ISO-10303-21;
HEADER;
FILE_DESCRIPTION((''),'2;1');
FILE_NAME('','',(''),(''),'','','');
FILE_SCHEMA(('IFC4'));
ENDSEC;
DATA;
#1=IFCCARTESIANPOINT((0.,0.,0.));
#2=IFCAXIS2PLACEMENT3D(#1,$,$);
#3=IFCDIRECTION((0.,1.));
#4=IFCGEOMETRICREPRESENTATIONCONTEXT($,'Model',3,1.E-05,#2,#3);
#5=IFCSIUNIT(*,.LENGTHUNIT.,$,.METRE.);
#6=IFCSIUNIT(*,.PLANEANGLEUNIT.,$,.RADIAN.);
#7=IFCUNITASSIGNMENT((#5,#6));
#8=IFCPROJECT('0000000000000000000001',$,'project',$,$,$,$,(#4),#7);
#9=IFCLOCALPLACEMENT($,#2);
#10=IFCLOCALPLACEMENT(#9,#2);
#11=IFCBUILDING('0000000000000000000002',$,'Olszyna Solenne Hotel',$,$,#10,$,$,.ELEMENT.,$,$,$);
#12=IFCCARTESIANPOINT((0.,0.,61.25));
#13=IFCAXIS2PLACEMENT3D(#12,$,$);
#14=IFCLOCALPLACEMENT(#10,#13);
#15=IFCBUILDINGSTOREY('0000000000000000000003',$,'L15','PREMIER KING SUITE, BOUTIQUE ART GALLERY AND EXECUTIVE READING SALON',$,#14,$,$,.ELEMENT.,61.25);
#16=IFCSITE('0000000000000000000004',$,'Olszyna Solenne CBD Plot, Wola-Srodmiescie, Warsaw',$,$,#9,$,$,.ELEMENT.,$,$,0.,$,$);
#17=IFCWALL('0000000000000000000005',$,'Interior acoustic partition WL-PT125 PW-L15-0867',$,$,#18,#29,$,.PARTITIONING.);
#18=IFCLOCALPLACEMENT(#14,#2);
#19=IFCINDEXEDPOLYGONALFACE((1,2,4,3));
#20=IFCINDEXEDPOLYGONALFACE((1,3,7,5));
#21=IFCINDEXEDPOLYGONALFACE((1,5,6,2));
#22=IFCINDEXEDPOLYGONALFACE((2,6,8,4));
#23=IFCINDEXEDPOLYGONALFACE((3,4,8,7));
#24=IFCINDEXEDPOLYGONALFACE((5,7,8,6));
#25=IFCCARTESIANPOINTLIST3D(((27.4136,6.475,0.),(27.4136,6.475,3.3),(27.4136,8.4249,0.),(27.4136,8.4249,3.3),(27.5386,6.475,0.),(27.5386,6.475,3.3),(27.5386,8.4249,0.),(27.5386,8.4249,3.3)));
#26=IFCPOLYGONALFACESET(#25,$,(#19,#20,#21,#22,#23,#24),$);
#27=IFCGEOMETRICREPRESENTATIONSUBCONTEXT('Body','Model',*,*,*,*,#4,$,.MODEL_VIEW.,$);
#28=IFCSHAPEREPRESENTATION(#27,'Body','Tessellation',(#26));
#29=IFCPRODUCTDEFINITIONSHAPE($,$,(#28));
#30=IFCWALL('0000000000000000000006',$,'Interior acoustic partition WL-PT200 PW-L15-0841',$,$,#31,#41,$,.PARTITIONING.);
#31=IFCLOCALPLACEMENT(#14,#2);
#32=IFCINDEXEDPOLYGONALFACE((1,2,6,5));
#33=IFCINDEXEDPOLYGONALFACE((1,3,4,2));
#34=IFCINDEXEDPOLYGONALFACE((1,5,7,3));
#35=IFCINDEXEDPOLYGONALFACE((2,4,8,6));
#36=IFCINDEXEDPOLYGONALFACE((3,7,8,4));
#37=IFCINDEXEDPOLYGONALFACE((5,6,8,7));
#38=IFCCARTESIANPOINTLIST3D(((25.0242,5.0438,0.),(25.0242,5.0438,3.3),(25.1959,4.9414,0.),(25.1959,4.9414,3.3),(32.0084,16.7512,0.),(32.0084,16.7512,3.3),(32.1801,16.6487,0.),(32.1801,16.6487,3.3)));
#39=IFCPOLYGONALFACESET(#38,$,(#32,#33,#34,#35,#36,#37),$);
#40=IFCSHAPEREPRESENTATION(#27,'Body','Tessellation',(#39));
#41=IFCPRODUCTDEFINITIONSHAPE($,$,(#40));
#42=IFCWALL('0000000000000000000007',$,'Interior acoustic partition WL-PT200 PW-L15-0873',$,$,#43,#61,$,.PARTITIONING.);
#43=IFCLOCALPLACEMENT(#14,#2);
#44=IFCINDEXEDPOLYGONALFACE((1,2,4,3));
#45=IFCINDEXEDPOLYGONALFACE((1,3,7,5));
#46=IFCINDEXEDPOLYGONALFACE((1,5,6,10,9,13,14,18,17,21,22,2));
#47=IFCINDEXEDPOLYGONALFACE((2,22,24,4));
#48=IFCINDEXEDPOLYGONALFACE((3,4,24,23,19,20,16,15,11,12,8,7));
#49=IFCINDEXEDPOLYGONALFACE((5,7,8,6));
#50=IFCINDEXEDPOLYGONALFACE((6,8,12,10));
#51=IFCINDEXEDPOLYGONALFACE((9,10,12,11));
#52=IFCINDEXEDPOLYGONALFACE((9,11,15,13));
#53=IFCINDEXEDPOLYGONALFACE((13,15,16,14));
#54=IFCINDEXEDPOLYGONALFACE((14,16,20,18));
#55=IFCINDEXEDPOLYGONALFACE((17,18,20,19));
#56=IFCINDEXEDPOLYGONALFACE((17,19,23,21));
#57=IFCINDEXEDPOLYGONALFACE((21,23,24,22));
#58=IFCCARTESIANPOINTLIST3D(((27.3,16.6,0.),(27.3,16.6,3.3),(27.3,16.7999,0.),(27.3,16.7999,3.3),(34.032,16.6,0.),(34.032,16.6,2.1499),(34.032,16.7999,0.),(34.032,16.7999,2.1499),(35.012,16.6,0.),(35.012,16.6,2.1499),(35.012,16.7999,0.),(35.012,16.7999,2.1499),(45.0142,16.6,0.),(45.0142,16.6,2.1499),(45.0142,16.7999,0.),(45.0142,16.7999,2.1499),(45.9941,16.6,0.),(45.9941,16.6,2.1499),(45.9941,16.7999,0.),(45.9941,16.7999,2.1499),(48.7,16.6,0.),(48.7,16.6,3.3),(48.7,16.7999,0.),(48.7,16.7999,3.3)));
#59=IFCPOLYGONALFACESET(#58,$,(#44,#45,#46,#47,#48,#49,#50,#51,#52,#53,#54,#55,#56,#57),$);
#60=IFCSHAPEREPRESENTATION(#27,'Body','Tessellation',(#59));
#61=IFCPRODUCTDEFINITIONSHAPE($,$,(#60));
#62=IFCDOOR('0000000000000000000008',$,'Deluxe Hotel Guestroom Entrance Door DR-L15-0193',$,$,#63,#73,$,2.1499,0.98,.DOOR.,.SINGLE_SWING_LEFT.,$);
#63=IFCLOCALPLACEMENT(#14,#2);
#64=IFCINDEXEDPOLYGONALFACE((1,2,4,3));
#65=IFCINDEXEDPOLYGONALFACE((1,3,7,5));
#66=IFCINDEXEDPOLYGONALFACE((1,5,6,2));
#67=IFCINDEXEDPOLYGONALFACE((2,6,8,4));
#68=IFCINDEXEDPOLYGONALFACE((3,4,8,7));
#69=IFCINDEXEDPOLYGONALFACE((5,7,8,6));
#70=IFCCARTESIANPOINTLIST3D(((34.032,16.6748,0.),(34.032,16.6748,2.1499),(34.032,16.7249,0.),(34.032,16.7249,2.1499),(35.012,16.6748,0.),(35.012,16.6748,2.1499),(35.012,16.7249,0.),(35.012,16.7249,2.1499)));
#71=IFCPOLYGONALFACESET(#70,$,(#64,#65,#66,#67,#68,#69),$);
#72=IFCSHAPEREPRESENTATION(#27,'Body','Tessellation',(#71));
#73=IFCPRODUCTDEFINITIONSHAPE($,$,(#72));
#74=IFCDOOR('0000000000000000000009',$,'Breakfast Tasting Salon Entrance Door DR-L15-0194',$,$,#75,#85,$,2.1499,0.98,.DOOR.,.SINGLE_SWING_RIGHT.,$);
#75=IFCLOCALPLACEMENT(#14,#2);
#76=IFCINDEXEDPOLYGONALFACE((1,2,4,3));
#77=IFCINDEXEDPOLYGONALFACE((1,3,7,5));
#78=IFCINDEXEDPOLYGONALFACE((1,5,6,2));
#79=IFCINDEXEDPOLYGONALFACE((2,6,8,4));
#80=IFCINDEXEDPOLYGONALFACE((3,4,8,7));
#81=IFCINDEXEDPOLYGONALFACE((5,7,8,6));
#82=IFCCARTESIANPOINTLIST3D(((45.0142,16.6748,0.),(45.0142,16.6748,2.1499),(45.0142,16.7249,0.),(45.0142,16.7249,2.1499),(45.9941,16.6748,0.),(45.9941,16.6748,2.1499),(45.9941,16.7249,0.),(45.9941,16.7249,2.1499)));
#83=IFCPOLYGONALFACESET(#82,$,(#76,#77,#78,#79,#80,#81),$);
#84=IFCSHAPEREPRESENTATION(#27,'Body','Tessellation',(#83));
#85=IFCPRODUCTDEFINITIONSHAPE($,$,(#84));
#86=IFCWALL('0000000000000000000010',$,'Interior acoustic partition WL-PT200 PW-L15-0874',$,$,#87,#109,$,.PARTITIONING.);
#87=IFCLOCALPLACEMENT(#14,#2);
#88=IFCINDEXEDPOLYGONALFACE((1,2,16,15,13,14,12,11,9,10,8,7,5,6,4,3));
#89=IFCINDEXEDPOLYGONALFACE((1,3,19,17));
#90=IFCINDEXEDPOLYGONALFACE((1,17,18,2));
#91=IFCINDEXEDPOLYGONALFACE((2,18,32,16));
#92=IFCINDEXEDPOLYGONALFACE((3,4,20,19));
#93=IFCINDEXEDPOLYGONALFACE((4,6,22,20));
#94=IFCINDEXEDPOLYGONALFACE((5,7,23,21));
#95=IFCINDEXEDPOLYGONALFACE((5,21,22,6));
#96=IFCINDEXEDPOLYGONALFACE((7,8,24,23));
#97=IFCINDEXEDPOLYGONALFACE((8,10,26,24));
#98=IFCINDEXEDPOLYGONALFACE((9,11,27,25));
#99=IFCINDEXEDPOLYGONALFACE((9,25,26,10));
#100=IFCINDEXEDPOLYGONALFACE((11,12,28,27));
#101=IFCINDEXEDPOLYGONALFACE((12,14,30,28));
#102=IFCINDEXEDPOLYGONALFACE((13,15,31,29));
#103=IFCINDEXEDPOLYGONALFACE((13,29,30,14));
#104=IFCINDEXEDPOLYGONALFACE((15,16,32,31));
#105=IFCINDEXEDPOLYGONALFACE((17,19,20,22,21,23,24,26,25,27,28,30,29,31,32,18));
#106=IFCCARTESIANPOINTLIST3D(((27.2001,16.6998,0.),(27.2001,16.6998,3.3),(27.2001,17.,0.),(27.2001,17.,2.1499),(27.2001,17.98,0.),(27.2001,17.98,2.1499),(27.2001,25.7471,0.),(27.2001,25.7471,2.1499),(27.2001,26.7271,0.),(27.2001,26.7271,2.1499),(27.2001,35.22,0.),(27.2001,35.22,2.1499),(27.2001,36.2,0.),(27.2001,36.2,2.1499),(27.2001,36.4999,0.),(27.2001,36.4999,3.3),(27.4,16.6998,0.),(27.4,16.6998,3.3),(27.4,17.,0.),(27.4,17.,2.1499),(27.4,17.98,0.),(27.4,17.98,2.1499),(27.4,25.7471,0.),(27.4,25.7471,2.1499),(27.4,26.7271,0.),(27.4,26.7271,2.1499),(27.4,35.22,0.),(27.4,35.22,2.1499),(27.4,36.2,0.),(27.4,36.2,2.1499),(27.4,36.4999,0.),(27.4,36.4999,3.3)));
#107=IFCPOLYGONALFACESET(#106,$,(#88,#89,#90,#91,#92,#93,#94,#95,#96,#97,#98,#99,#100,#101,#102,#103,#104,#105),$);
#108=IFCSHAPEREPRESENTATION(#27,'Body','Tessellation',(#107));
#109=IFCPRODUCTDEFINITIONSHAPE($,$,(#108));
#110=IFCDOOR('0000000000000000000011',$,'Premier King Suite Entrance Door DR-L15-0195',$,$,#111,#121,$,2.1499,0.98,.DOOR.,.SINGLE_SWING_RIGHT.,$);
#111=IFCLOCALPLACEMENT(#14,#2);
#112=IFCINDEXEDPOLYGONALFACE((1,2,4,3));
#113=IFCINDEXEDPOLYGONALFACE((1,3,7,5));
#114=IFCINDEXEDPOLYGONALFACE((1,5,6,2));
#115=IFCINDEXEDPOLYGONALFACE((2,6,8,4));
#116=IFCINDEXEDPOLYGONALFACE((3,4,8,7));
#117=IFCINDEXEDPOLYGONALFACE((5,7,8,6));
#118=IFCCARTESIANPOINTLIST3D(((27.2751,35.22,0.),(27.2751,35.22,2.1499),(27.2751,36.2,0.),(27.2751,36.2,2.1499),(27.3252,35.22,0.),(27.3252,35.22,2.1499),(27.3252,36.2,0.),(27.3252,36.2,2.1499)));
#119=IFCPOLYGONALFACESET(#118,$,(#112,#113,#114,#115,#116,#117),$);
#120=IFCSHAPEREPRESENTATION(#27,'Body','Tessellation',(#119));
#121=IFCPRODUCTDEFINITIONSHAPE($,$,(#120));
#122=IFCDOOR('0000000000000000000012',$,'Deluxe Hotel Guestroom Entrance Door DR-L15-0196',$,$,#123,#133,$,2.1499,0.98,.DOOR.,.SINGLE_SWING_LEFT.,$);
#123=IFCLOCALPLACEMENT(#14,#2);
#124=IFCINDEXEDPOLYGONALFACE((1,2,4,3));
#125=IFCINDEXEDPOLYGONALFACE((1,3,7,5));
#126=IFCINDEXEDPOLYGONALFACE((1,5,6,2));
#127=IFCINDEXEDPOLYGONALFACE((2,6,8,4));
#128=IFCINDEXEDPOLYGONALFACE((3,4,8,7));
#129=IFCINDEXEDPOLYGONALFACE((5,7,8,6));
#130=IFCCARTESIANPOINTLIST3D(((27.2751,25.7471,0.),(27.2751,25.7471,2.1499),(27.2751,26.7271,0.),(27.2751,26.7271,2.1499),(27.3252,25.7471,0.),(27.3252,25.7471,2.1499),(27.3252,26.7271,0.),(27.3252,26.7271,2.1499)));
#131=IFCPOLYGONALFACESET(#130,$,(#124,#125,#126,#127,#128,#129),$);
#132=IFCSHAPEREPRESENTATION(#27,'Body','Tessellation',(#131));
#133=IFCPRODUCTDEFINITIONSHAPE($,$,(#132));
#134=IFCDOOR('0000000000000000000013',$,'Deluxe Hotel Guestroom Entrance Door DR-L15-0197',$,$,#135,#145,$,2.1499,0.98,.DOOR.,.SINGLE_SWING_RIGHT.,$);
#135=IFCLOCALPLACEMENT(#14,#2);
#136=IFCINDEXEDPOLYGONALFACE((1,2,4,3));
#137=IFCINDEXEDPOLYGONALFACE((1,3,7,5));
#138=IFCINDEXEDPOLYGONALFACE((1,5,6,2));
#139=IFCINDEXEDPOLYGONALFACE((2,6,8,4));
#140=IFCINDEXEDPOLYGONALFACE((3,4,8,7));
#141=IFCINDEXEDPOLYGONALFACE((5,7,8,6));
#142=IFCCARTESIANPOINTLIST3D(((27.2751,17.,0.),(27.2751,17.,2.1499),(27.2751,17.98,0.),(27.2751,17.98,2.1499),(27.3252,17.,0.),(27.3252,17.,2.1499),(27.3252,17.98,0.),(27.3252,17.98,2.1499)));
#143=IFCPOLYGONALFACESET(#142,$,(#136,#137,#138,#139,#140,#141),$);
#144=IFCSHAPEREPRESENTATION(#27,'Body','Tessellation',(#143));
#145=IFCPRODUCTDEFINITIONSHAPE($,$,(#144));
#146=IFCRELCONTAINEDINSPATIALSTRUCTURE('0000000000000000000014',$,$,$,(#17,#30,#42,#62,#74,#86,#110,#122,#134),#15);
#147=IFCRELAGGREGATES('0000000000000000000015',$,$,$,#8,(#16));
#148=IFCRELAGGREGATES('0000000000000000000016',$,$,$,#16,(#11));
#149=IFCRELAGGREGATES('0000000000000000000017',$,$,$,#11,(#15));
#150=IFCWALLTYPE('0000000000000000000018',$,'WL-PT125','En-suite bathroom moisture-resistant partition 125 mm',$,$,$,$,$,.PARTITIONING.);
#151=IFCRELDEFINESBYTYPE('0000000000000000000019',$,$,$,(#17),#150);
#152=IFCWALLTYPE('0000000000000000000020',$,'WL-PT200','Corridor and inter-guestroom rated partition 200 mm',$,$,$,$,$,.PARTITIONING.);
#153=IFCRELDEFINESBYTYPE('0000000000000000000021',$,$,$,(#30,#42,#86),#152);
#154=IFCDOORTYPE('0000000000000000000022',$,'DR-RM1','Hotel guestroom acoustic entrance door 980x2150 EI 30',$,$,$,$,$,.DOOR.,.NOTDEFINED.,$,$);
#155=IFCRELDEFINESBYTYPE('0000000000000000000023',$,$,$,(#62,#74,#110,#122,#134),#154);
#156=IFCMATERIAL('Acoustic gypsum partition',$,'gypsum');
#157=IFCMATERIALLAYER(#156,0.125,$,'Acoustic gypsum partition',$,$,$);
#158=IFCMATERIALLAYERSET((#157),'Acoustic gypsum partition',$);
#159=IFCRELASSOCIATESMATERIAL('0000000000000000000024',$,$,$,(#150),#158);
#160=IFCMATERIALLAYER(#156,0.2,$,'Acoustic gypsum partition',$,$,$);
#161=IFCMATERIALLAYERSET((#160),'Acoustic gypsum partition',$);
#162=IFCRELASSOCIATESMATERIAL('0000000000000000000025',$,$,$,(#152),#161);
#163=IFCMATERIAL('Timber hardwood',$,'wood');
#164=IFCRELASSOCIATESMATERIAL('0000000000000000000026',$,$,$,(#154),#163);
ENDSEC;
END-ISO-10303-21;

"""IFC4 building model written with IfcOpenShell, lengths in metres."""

from ifc_helpers import new_model, si_unit, direction, frame, frame_2d, origin, place, context, subcontext, project, spatial, rectangle, extrude, source, transform, mapped, material, layer, layer_set, type_object, type_shapes, element, fill, save


model = new_model("IFC4")

# Units and contexts
model_context = context("Model", 3, precision=1e-05, world=origin(), true_north=direction((0.0, 1.0)))
body_context = subcontext(model_context, "Body", "Model", "MODEL_VIEW")
ifc_project = project(units=[si_unit("LENGTHUNIT", "METRE"), si_unit("PLANEANGLEUNIT", "RADIAN")], contexts=[model_context])

# Site, building, storey
site_placement = place(None, origin())
site = spatial("IfcSite", under=ifc_project, at=site_placement, Name="Olszyna Solenne CBD Plot, Wola-Srodmiescie, Warsaw", CompositionType="ELEMENT", RefElevation=0.0)
building_placement = place(site_placement, origin())
building = spatial("IfcBuilding", under=site, at=building_placement, Name="Olszyna Solenne Hotel", CompositionType="ELEMENT")
storey_placement = place(building_placement, frame((0.0, 0.0, 61.25)))
storey = spatial("IfcBuildingStorey", under=building, at=storey_placement, Name="L15", Description="PREMIER KING SUITE, BOUTIQUE ART GALLERY AND EXECUTIVE READING SALON", CompositionType="ELEMENT", Elevation=61.25)

# Shared definitions
ifc_material_1 = material(Name="Timber hardwood", Category="wood")

# Shared definitions
ifc_material_2 = material(Name="Acoustic gypsum partition", Category="gypsum")
ifc_layer_1 = layer(ifc_material_2, 0.125, Name="Acoustic gypsum partition")
ifc_layer_set_1 = layer_set([ifc_layer_1], Name="Acoustic gypsum partition")
wall_type_1 = type_object("IfcWallType", Name="WL-PT125", Description="En-suite bathroom moisture-resistant partition 125 mm", PredefinedType="PARTITIONING", material=ifc_layer_set_1)

# Walls
wall_1_placement = place(storey_placement, frame((27.4761, 8.425, 0.0), z_axis=(0.0, 0.0, 1.0), x_axis=(0.0, -1.0, 0.0)))
element("IfcWall", 1, at=wall_1_placement, inside=storey, type_object=wall_type_1, Name="Interior acoustic partition WL-PT125 PW-L15-0867", PredefinedType="PARTITIONING", context=body_context, shape_type="SweptSolid", body=[
    extrude(rectangle(XDim=1.95, YDim=0.125, at=frame_2d((0.9751, 0.0))), origin(), (0.0, 0.0, 1.0), 3.3),
])
ifc_layer_2 = layer(ifc_material_2, 0.2, Name="Acoustic gypsum partition")
ifc_layer_set_2 = layer_set([ifc_layer_2], Name="Acoustic gypsum partition")
wall_type_2 = type_object("IfcWallType", Name="WL-PT200", Description="Corridor and inter-guestroom rated partition 200 mm", PredefinedType="PARTITIONING", material=ifc_layer_set_2)
wall_2_placement = place(storey_placement, frame((32.0942, 16.7, 0.0), z_axis=(0.0, 0.0, 1.0), x_axis=(-0.512324, -0.858792, 0.0)))
element("IfcWall", 2, at=wall_2_placement, inside=storey, type_object=wall_type_2, Name="Interior acoustic partition WL-PT200 PW-L15-0841", PredefinedType="PARTITIONING", context=body_context, shape_type="SweptSolid", body=[
    extrude(rectangle(XDim=13.6323, YDim=0.2, at=frame_2d((6.8162, 0.0))), origin(), (0.0, 0.0, 1.0), 3.3),
])

# Walls, openings, doors
wall_3_placement = place(storey_placement, frame((27.3, 16.7, 0.0), z_axis=(0.0, 0.0, 1.0), x_axis=(1.0, 0.0, 0.0)))
wall_3 = element("IfcWall", 3, at=wall_3_placement, inside=storey, type_object=wall_type_2, Name="Interior acoustic partition WL-PT200 PW-L15-0873", PredefinedType="PARTITIONING", context=body_context, shape_type="SweptSolid", body=[
    extrude(rectangle(XDim=21.3999, YDim=0.2, at=frame_2d((10.7, 0.0))), origin(), (0.0, 0.0, 1.0), 3.3),
])
opening_1_placement = place(wall_3_placement, frame((6.7319, 0.0, 0.0)))
opening_1 = element("IfcOpeningElement", 4, at=opening_1_placement, cuts=wall_3, PredefinedType="OPENING", context=body_context, shape_type="SweptSolid", body=[
    extrude(rectangle(XDim=0.98, YDim=2.1499, at=frame_2d((0.49, 1.075))), frame((0.0, 0.1099, 0.0), z_axis=(0.0, -1.0, 0.0), x_axis=(1.0, 0.0, 0.0)), (0.0, 0.0, 1.0), 0.22),
])
opening_2_placement = place(wall_3_placement, frame((17.7141, 0.0, 0.0)))
opening_2 = element("IfcOpeningElement", 5, at=opening_2_placement, cuts=wall_3, PredefinedType="OPENING", context=body_context, shape_type="SweptSolid", body=[
    extrude(rectangle(XDim=0.98, YDim=2.1499, at=frame_2d((0.49, 1.075))), frame((0.0, 0.1099, 0.0), z_axis=(0.0, -1.0, 0.0), x_axis=(1.0, 0.0, 0.0)), (0.0, 0.0, 1.0), 0.22),
])
door_type_1 = type_object("IfcDoorType", Name="DR-RM1", Description="Hotel guestroom acoustic entrance door 980x2150 EI 30", OperationType="NOTDEFINED", PredefinedType="DOOR", material=ifc_material_1)
shared_shape_1 = source(origin(), body_context, "Body", "SweptSolid", [
    extrude(rectangle(XDim=0.98, YDim=2.1499, at=frame_2d((0.49, 1.075))), frame((0.0, 0.0249, 0.0), z_axis=(0.0, -1.0, 0.0), x_axis=(1.0, 0.0, 0.0)), (0.0, 0.0, 1.0), 0.05),
])
type_shapes(door_type_1, [shared_shape_1])
door_1_placement = place(opening_1_placement, origin())
door_1 = element("IfcDoor", 6, at=door_1_placement, inside=storey, type_object=door_type_1, Name="Deluxe Hotel Guestroom Entrance Door DR-L15-0193", OperationType="SINGLE_SWING_LEFT", OverallHeight=2.1499, OverallWidth=0.98, PredefinedType="DOOR", context=body_context, shape_type="MappedRepresentation", body=[
    mapped(shared_shape_1, transform((0.0, 0.0, 0.0), x_axis=(1.0, 0.0, 0.0), y_axis=(0.0, 1.0, 0.0), z_axis=(0.0, 0.0, 1.0), scale=1.0)),
])
fill(opening_1, door_1)
door_2_placement = place(opening_2_placement, origin())
door_2 = element("IfcDoor", 7, at=door_2_placement, inside=storey, type_object=door_type_1, Name="Breakfast Tasting Salon Entrance Door DR-L15-0194", OperationType="SINGLE_SWING_RIGHT", OverallHeight=2.1499, OverallWidth=0.98, PredefinedType="DOOR", context=body_context, shape_type="MappedRepresentation", body=[
    mapped(shared_shape_1, transform((0.0, 0.0, 0.0), x_axis=(1.0, 0.0, 0.0), y_axis=(0.0, 1.0, 0.0), z_axis=(0.0, 0.0, 1.0), scale=1.0)),
])
fill(opening_2, door_2)
wall_4_placement = place(storey_placement, frame((27.3, 16.7, 0.0), z_axis=(0.0, 0.0, 1.0), x_axis=(0.0, 1.0, 0.0)))
wall_4 = element("IfcWall", 8, at=wall_4_placement, inside=storey, type_object=wall_type_2, Name="Interior acoustic partition WL-PT200 PW-L15-0874", PredefinedType="PARTITIONING", context=body_context, shape_type="SweptSolid", body=[
    extrude(rectangle(XDim=19.8, YDim=0.2, at=frame_2d((9.8999, 0.0))), origin(), (0.0, 0.0, 1.0), 3.3),
])
opening_3_placement = place(wall_4_placement, frame((18.52, 0.0, 0.0)))
opening_3 = element("IfcOpeningElement", 9, at=opening_3_placement, cuts=wall_4, PredefinedType="OPENING", context=body_context, shape_type="SweptSolid", body=[
    extrude(rectangle(XDim=0.98, YDim=2.1499, at=frame_2d((0.49, 1.075))), frame((0.0, 0.1099, 0.0), z_axis=(0.0, -1.0, 0.0), x_axis=(1.0, 0.0, 0.0)), (0.0, 0.0, 1.0), 0.22),
])
opening_4_placement = place(wall_4_placement, frame((9.0471, 0.0, 0.0)))
opening_4 = element("IfcOpeningElement", 10, at=opening_4_placement, cuts=wall_4, PredefinedType="OPENING", context=body_context, shape_type="SweptSolid", body=[
    extrude(rectangle(XDim=0.98, YDim=2.1499, at=frame_2d((0.49, 1.075))), frame((0.0, 0.1099, 0.0), z_axis=(0.0, -1.0, 0.0), x_axis=(1.0, 0.0, 0.0)), (0.0, 0.0, 1.0), 0.22),
])
opening_5_placement = place(wall_4_placement, frame((0.3, 0.0, 0.0)))
opening_5 = element("IfcOpeningElement", 11, at=opening_5_placement, cuts=wall_4, PredefinedType="OPENING", context=body_context, shape_type="SweptSolid", body=[
    extrude(rectangle(XDim=0.98, YDim=2.1499, at=frame_2d((0.49, 1.075))), frame((0.0, 0.1099, 0.0), z_axis=(0.0, -1.0, 0.0), x_axis=(1.0, 0.0, 0.0)), (0.0, 0.0, 1.0), 0.22),
])
door_3_placement = place(opening_3_placement, origin())
door_3 = element("IfcDoor", 12, at=door_3_placement, inside=storey, type_object=door_type_1, Name="Premier King Suite Entrance Door DR-L15-0195", OperationType="SINGLE_SWING_RIGHT", OverallHeight=2.1499, OverallWidth=0.98, PredefinedType="DOOR", context=body_context, shape_type="MappedRepresentation", body=[
    mapped(shared_shape_1, transform((0.0, 0.0, 0.0), x_axis=(1.0, 0.0, 0.0), y_axis=(0.0, 1.0, 0.0), z_axis=(0.0, 0.0, 1.0), scale=1.0)),
])
fill(opening_3, door_3)
door_4_placement = place(opening_4_placement, origin())
door_4 = element("IfcDoor", 13, at=door_4_placement, inside=storey, type_object=door_type_1, Name="Deluxe Hotel Guestroom Entrance Door DR-L15-0196", OperationType="SINGLE_SWING_LEFT", OverallHeight=2.1499, OverallWidth=0.98, PredefinedType="DOOR", context=body_context, shape_type="MappedRepresentation", body=[
    mapped(shared_shape_1, transform((0.0, 0.0, 0.0), x_axis=(1.0, 0.0, 0.0), y_axis=(0.0, 1.0, 0.0), z_axis=(0.0, 0.0, 1.0), scale=1.0)),
])
fill(opening_4, door_4)
door_5_placement = place(opening_5_placement, origin())
door_5 = element("IfcDoor", 14, at=door_5_placement, inside=storey, type_object=door_type_1, Name="Deluxe Hotel Guestroom Entrance Door DR-L15-0197", OperationType="SINGLE_SWING_RIGHT", OverallHeight=2.1499, OverallWidth=0.98, PredefinedType="DOOR", context=body_context, shape_type="MappedRepresentation", body=[
    mapped(shared_shape_1, transform((0.0, 0.0, 0.0), x_axis=(1.0, 0.0, 0.0), y_axis=(0.0, 1.0, 0.0), z_axis=(0.0, 0.0, 1.0), scale=1.0)),
])
fill(opening_5, door_5)

save(model, "model.ifc")
